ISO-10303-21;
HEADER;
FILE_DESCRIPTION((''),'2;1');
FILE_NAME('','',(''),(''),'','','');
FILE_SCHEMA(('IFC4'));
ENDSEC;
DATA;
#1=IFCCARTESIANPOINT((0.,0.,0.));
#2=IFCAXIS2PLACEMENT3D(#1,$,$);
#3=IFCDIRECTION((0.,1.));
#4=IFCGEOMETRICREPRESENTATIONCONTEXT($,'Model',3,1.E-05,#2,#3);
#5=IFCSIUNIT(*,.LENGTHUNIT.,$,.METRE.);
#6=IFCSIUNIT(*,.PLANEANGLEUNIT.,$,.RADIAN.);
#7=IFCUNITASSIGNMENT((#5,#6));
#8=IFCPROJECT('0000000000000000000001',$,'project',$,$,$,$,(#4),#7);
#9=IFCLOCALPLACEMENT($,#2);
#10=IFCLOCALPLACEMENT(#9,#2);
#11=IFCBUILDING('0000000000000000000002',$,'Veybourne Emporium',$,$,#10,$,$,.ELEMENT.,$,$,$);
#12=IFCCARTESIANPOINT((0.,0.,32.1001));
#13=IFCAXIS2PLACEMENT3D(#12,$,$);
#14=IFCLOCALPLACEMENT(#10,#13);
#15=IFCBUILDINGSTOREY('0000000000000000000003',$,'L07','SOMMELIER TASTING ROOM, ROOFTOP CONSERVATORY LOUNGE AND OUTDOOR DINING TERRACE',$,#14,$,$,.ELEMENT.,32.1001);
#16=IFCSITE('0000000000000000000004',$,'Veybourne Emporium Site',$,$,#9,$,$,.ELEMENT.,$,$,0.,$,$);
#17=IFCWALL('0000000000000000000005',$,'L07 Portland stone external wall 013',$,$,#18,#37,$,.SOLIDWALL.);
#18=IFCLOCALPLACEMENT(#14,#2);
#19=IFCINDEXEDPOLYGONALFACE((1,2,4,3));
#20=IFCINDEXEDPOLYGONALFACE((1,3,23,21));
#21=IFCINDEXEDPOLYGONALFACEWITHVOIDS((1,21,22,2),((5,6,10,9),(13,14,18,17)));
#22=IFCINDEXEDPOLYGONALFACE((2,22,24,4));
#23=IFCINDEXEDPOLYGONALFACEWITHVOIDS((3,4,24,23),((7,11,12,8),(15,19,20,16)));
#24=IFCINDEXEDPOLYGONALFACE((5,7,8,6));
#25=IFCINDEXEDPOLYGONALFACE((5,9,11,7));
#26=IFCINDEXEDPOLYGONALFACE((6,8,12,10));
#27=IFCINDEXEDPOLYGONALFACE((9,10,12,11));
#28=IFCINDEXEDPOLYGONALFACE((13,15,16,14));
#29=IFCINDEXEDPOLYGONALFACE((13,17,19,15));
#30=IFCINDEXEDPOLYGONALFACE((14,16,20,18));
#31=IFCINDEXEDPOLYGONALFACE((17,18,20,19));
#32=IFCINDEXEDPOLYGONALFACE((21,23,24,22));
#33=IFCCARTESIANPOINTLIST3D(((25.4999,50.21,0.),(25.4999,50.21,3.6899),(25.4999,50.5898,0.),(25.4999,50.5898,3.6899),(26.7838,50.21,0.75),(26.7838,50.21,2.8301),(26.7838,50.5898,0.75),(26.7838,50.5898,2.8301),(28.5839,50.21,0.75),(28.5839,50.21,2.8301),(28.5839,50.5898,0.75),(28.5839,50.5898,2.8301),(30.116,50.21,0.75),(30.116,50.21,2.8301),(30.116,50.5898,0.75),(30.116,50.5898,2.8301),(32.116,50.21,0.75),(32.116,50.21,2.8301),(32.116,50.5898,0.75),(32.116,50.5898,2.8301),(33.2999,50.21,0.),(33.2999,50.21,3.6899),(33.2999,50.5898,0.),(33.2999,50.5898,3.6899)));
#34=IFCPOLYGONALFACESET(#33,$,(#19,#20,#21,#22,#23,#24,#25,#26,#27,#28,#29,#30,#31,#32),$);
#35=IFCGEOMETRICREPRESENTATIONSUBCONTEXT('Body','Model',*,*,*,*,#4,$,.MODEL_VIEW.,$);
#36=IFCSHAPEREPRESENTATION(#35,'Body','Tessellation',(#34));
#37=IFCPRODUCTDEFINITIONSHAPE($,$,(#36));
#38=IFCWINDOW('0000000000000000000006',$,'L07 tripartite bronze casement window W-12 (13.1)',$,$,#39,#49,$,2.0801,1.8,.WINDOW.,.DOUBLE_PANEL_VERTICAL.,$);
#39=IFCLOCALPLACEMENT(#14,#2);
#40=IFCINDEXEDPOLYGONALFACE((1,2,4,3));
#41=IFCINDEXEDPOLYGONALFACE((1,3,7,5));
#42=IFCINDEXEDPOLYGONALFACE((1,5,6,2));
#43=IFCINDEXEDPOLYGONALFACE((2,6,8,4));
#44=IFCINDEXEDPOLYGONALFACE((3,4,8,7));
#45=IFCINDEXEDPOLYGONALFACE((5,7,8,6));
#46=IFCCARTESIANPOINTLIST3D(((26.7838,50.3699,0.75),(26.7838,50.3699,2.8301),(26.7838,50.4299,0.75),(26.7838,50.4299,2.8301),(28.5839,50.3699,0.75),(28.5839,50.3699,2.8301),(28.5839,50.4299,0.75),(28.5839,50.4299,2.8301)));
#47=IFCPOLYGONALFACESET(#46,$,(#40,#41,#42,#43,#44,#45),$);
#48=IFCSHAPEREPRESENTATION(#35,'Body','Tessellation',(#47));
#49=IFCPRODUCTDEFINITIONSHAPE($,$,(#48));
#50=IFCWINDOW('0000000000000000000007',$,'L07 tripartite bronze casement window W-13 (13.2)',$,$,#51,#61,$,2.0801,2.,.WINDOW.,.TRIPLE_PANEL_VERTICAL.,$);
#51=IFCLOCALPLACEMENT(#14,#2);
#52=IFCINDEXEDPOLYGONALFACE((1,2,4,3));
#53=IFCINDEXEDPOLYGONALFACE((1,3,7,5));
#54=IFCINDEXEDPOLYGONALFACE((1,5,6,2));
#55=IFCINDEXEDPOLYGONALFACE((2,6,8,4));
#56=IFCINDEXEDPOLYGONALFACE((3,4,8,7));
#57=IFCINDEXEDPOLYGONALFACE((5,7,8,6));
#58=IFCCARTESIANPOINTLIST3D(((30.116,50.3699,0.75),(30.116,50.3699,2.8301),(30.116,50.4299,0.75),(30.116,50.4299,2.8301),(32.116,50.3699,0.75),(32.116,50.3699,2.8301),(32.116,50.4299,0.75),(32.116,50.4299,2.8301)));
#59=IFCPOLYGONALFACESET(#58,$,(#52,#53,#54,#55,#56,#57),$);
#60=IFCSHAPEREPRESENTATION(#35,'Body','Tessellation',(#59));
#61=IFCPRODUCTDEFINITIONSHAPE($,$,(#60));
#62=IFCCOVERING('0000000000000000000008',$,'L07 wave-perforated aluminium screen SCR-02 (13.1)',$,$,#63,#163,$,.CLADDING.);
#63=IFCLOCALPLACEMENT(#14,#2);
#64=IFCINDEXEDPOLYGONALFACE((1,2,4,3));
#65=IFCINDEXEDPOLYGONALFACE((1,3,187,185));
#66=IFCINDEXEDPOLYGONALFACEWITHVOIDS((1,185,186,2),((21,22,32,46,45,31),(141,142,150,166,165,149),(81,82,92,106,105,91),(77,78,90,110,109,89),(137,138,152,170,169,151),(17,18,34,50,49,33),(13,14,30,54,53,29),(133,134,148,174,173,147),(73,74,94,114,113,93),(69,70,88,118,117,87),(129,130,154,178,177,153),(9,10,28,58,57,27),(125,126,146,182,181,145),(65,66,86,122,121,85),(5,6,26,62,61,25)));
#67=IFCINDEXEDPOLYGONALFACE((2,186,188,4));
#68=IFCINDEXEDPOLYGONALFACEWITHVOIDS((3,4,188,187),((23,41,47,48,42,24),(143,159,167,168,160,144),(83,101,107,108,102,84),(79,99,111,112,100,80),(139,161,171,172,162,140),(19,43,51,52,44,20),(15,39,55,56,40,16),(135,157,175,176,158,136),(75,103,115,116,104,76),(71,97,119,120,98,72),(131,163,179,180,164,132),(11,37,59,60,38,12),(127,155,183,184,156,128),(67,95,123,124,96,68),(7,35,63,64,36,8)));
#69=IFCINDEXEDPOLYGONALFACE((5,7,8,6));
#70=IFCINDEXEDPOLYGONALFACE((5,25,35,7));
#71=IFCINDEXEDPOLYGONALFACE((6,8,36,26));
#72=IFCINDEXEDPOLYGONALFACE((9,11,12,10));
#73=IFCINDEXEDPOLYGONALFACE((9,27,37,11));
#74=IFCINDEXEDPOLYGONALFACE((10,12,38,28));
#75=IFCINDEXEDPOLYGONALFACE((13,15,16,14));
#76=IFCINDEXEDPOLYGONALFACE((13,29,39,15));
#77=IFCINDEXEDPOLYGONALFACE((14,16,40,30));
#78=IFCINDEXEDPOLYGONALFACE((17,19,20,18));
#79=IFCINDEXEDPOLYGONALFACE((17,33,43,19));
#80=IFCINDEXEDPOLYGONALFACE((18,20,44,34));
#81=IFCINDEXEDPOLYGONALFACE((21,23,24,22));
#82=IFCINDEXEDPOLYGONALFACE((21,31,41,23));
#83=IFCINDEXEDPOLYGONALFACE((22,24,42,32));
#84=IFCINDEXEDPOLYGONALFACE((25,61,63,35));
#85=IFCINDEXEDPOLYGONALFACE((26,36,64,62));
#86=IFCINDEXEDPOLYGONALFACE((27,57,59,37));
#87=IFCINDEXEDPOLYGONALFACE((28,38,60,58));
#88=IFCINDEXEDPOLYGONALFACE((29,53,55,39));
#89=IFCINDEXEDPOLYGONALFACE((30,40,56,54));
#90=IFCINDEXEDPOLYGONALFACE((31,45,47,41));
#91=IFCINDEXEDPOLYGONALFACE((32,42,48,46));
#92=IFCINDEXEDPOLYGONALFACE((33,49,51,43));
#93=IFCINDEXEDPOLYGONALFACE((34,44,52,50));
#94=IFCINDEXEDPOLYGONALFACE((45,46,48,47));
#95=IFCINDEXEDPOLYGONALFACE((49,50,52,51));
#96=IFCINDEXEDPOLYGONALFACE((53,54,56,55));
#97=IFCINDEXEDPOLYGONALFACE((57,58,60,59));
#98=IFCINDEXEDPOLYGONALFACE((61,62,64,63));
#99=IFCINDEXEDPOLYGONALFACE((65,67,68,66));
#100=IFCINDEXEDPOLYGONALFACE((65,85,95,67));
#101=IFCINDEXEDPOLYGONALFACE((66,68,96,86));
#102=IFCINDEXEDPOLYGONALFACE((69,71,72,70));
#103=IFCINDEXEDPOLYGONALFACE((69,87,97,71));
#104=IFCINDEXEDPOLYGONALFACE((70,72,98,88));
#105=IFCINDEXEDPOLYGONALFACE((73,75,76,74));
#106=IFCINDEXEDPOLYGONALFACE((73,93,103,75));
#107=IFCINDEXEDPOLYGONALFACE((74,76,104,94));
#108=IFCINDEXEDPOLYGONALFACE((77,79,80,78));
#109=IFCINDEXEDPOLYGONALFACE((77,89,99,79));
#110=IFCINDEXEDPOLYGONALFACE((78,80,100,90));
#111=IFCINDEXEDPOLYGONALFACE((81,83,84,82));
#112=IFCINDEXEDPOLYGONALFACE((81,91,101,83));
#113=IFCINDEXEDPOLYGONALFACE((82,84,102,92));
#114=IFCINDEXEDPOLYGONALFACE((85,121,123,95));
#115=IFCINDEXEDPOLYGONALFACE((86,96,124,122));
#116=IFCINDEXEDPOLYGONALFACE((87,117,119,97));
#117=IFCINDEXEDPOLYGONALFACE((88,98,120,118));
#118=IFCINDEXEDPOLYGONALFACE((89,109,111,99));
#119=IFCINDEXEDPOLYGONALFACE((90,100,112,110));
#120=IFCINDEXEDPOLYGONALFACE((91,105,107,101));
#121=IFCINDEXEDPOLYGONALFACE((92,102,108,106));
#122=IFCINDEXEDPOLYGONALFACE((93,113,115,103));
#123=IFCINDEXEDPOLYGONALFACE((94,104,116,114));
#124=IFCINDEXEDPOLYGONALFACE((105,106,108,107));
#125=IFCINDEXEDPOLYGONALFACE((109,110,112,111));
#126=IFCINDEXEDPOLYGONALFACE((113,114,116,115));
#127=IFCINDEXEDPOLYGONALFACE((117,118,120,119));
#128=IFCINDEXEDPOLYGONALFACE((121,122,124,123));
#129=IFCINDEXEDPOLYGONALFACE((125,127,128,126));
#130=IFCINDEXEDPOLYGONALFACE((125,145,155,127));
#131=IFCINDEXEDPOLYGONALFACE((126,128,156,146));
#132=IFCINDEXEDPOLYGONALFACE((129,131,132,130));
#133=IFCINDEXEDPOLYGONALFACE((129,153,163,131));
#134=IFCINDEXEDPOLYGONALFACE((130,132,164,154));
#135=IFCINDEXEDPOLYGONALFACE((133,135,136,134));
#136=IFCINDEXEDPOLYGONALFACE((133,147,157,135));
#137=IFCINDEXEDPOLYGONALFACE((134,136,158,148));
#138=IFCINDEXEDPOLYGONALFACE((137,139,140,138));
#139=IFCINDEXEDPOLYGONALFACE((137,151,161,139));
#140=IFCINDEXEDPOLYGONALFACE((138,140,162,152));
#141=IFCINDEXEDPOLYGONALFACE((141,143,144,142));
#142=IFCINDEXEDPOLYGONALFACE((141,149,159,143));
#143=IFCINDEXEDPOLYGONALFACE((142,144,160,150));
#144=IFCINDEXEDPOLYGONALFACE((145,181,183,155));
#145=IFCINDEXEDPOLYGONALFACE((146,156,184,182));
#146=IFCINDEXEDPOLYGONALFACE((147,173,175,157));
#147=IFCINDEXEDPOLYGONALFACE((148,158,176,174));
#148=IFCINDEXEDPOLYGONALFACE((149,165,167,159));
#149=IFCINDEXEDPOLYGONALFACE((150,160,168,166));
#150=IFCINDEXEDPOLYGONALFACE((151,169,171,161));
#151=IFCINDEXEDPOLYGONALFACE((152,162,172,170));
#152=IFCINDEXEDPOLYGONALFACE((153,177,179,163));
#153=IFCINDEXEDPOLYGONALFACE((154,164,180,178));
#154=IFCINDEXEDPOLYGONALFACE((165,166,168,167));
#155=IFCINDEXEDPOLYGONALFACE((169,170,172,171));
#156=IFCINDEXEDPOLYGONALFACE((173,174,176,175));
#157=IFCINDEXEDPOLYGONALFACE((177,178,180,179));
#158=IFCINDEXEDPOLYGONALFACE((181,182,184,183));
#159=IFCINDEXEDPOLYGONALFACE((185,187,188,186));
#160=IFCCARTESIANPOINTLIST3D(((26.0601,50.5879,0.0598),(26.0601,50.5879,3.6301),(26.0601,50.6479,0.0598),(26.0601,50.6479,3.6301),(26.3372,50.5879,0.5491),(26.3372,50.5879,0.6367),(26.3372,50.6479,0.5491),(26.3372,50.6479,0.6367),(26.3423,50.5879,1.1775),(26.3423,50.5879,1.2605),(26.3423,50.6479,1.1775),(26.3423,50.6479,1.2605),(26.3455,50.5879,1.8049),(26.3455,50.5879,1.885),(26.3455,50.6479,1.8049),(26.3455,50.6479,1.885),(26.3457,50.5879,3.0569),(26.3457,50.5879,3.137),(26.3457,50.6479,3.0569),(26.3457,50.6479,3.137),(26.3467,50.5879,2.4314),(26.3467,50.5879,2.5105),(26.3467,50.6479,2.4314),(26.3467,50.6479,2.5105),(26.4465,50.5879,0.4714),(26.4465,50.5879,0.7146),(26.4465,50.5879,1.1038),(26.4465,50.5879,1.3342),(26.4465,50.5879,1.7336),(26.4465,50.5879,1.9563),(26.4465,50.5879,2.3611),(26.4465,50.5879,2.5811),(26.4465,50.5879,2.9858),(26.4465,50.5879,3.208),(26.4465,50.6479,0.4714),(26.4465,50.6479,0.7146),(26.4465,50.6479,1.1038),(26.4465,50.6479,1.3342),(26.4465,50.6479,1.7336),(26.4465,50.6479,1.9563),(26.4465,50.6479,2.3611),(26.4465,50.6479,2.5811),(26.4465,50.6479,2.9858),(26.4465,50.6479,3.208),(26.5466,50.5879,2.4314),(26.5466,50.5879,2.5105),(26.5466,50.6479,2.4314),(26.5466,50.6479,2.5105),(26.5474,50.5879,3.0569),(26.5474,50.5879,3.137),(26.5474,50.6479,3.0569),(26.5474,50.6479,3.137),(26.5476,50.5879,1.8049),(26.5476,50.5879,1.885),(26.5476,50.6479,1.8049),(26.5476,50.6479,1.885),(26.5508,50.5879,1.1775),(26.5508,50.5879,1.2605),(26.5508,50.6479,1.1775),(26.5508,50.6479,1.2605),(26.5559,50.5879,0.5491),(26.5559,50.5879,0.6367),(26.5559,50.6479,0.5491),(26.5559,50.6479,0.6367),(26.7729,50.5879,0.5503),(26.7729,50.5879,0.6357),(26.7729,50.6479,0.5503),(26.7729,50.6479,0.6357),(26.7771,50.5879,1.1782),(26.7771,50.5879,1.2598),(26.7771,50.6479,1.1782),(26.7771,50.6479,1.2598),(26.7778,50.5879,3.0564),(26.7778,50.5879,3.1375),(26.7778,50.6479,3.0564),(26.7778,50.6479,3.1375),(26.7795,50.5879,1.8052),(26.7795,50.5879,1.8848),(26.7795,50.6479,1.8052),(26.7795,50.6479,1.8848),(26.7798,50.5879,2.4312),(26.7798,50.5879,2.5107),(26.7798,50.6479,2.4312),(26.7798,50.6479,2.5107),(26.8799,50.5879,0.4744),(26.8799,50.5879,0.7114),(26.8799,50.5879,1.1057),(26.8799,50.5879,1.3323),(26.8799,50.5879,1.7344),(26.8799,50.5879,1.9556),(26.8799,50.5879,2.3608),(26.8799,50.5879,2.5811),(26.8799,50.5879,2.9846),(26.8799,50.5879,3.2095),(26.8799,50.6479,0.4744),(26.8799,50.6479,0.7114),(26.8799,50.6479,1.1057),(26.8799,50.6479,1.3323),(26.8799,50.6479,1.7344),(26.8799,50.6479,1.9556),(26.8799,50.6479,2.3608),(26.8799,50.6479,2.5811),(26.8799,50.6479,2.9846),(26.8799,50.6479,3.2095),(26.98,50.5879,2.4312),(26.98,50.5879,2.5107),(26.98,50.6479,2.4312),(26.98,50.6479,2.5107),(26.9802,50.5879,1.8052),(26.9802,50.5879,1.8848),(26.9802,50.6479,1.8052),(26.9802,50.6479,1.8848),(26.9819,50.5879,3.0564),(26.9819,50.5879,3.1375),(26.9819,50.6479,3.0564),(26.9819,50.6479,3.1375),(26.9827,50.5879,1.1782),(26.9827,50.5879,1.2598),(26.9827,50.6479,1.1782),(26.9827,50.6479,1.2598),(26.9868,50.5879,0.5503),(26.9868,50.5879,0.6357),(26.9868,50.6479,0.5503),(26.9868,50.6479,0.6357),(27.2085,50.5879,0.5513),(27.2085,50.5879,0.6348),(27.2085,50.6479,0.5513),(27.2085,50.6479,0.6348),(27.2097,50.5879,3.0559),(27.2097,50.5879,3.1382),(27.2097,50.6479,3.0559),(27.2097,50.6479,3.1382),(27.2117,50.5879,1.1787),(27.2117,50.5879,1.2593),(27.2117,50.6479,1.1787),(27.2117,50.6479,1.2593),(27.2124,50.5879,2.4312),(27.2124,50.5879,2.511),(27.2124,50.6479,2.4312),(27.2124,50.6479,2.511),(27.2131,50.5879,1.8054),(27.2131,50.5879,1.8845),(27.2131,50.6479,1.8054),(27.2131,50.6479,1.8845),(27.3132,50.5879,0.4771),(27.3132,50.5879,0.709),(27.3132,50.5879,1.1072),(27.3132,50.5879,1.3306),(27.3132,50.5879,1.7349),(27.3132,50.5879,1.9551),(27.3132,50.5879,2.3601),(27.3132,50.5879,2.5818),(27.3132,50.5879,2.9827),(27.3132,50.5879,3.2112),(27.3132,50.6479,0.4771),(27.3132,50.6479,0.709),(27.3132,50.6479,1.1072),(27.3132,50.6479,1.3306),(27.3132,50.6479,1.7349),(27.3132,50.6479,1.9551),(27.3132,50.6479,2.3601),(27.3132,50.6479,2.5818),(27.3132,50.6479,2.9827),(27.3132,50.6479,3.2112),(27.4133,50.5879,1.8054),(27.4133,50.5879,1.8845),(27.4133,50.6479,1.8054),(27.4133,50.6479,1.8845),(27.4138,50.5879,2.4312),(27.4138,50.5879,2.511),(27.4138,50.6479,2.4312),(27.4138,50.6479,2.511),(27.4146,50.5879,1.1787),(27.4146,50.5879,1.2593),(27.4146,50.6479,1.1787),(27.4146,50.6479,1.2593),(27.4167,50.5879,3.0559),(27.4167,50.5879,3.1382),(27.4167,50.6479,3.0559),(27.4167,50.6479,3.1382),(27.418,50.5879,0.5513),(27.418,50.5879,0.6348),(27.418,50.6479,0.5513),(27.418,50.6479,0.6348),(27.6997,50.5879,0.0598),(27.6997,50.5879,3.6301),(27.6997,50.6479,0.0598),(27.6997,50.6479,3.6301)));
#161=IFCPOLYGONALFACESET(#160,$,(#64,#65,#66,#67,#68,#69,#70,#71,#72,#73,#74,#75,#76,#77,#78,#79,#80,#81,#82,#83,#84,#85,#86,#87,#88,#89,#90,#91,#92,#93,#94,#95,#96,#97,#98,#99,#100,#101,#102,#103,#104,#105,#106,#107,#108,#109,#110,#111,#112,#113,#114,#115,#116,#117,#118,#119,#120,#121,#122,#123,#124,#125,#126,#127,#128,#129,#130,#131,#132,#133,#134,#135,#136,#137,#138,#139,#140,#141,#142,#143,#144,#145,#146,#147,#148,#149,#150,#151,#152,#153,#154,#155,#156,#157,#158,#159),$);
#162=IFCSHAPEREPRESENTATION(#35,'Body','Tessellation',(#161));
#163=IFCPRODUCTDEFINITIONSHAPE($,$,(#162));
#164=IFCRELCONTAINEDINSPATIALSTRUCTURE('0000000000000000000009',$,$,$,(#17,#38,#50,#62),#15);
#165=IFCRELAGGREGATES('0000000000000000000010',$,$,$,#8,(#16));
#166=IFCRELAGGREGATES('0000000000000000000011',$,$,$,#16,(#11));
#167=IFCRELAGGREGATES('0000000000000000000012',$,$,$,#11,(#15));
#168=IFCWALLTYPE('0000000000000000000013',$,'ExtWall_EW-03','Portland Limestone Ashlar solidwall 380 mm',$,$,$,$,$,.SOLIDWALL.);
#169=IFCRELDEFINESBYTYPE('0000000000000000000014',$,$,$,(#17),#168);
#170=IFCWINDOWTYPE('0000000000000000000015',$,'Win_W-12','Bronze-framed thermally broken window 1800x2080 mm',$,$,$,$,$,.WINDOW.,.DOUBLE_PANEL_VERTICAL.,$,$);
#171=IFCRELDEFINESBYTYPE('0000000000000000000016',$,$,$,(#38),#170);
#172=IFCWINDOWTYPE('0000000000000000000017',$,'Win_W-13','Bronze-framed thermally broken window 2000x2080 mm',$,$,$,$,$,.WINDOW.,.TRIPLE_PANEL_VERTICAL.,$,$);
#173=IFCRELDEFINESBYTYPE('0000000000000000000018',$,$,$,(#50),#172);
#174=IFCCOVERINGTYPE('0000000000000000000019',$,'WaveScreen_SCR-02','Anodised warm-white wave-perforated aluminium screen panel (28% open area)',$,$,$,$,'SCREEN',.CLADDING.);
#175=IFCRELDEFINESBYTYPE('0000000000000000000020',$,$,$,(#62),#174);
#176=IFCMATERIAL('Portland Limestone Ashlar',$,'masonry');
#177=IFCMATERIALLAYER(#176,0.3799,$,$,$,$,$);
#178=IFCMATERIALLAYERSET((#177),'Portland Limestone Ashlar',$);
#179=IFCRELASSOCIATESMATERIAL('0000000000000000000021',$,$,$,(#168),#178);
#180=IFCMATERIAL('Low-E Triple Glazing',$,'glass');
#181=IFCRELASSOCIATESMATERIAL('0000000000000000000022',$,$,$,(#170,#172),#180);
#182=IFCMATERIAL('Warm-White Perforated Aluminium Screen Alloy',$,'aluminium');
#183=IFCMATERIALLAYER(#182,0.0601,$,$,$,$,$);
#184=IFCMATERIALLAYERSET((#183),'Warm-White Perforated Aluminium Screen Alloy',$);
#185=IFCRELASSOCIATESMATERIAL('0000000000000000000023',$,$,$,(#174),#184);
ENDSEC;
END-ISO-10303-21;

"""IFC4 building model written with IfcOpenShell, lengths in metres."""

from ifc_helpers import new_model, si_unit, direction, frame, frame_2d, origin, place, context, subcontext, project, spatial, polyline, rectangle, outline, extrude, material, layer, layer_set, type_object, element, fill, save


model = new_model("IFC4")

# Units and contexts
model_context = context("Model", 3, precision=1e-05, world=origin(), true_north=direction((0.0, 1.0)))
body_context = subcontext(model_context, "Body", "Model", "MODEL_VIEW")
ifc_project = project(units=[si_unit("LENGTHUNIT", "METRE"), si_unit("PLANEANGLEUNIT", "RADIAN")], contexts=[model_context])

# Site, building, storey
site_placement = place(None, origin())
site = spatial("IfcSite", under=ifc_project, at=site_placement, Name="Veybourne Emporium Site", CompositionType="ELEMENT", RefElevation=0.0)
building_placement = place(site_placement, origin())
building = spatial("IfcBuilding", under=site, at=building_placement, Name="Veybourne Emporium", CompositionType="ELEMENT")
storey_placement = place(building_placement, frame((0.0, 0.0, 32.1001)))
storey = spatial("IfcBuildingStorey", under=building, at=storey_placement, Name="L07", Description="SOMMELIER TASTING ROOM, ROOFTOP CONSERVATORY LOUNGE AND OUTDOOR DINING TERRACE", CompositionType="ELEMENT", Elevation=32.1001)

# Wall, openings, windows
ifc_material_1 = material(Name="Portland Limestone Ashlar", Category="masonry")
ifc_layer_1 = layer(ifc_material_1, 0.3799)
ifc_layer_set_1 = layer_set([ifc_layer_1], Name="Portland Limestone Ashlar")
wall_type = type_object("IfcWallType", Name="ExtWall_EW-03", Description="Portland Limestone Ashlar solidwall 380 mm", PredefinedType="SOLIDWALL", material=ifc_layer_set_1)
wall_placement = place(storey_placement, frame((25.5, 50.3999, 0.0), z_axis=(0.0, 0.0, 1.0), x_axis=(1.0, 0.0, 0.0)))
wall = element("IfcWall", 1, at=wall_placement, inside=storey, type_object=wall_type, Name="L07 Portland stone external wall 013", PredefinedType="SOLIDWALL", context=body_context, shape_type="SweptSolid", body=[
    extrude(rectangle(XDim=7.8, YDim=0.3799, at=frame_2d((3.8999, 0.0))), origin(), (0.0, 0.0, 1.0), 3.6899),
])
opening_1_placement = place(wall_placement, frame((1.2839, 0.0, 0.75)))
opening_1 = element("IfcOpeningElement", 2, at=opening_1_placement, cuts=wall, PredefinedType="OPENING", context=body_context, shape_type="SweptSolid", body=[
    extrude(rectangle(XDim=1.8, YDim=2.0801, at=frame_2d((0.8999, 1.04))), frame((0.0, 0.21, 0.0), z_axis=(0.0, -1.0, 0.0), x_axis=(1.0, 0.0, 0.0)), (0.0, 0.0, 1.0), 0.4199),
])
opening_2_placement = place(wall_placement, frame((4.616, 0.0, 0.75)))
opening_2 = element("IfcOpeningElement", 3, at=opening_2_placement, cuts=wall, PredefinedType="OPENING", context=body_context, shape_type="SweptSolid", body=[
    extrude(rectangle(XDim=2.0, YDim=2.0801, at=frame_2d((1.0, 1.04))), frame((0.0, 0.21, 0.0), z_axis=(0.0, -1.0, 0.0), x_axis=(1.0, 0.0, 0.0)), (0.0, 0.0, 1.0), 0.4199),
])
ifc_material_2 = material(Name="Low-E Triple Glazing", Category="glass")
window_type_1 = type_object("IfcWindowType", Name="Win_W-12", Description="Bronze-framed thermally broken window 1800x2080 mm", PartitioningType="DOUBLE_PANEL_VERTICAL", PredefinedType="WINDOW", material=ifc_material_2)
window_1_placement = place(opening_1_placement, origin())
window_1 = element("IfcWindow", 4, at=window_1_placement, inside=storey, type_object=window_type_1, Name="L07 tripartite bronze casement window W-12 (13.1)", OverallHeight=2.0801, OverallWidth=1.8, PartitioningType="DOUBLE_PANEL_VERTICAL", PredefinedType="WINDOW", context=body_context, shape_type="SweptSolid", body=[
    extrude(rectangle(XDim=1.8, YDim=2.0801, at=frame_2d((0.8999, 1.04))), frame((0.0, 0.03, 0.0), z_axis=(0.0, -1.0, 0.0), x_axis=(1.0, 0.0, 0.0)), (0.0, 0.0, 1.0), 0.0601),
])
fill(opening_1, window_1)
window_type_2 = type_object("IfcWindowType", Name="Win_W-13", Description="Bronze-framed thermally broken window 2000x2080 mm", PartitioningType="TRIPLE_PANEL_VERTICAL", PredefinedType="WINDOW", material=ifc_material_2)
window_2_placement = place(opening_2_placement, origin())
window_2 = element("IfcWindow", 5, at=window_2_placement, inside=storey, type_object=window_type_2, Name="L07 tripartite bronze casement window W-13 (13.2)", OverallHeight=2.0801, OverallWidth=2.0, PartitioningType="TRIPLE_PANEL_VERTICAL", PredefinedType="WINDOW", context=body_context, shape_type="SweptSolid", body=[
    extrude(rectangle(XDim=2.0, YDim=2.0801, at=frame_2d((1.0, 1.04))), frame((0.0, 0.03, 0.0), z_axis=(0.0, -1.0, 0.0), x_axis=(1.0, 0.0, 0.0)), (0.0, 0.0, 1.0), 0.0601),
])
fill(opening_2, window_2)

# Covering
ifc_material_3 = material(Name="Warm-White Perforated Aluminium Screen Alloy", Category="aluminium")
ifc_layer_2 = layer(ifc_material_3, 0.0601)
ifc_layer_set_2 = layer_set([ifc_layer_2], Name="Warm-White Perforated Aluminium Screen Alloy")
covering_type_1 = type_object("IfcCoveringType", Name="WaveScreen_SCR-02", Description="Anodised warm-white wave-perforated aluminium screen panel (28% open area)", ElementType="SCREEN", PredefinedType="CLADDING", material=ifc_layer_set_2)
covering_1_placement = place(storey_placement, frame((26.8799, 50.6479, 1.845), z_axis=(0.0, -1.0, 0.0), x_axis=(1.0, 0.0, 0.0)))
element("IfcCovering", 6, at=covering_1_placement, inside=storey, type_object=covering_type_1, Name="L07 wave-perforated aluminium screen SCR-02 (13.1)", PredefinedType="CLADDING", context=body_context, shape_type="SweptSolid", body=[
    extrude(outline(polyline([(-0.8198, -1.7852), (0.8198, -1.7852), (0.8198, 1.7852), (-0.8198, 1.7852), (-0.8198, -1.7852)]), holes=[polyline([(-0.4333, -1.1304), (-0.324, -1.2083), (-0.324, -1.2959), (-0.4333, -1.3735), (-0.5427, -1.2959), (-0.5427, -1.2083), (-0.4333, -1.1304)]), polyline([(-0.4333, -0.5107), (-0.3291, -0.5845), (-0.3291, -0.6675), (-0.4333, -0.7412), (-0.5376, -0.6675), (-0.5376, -0.5845), (-0.4333, -0.5107)]), polyline([(-0.4333, 0.1113), (-0.3323, 0.04), (-0.3323, -0.04), (-0.4333, -0.1113), (-0.5344, -0.04), (-0.5344, 0.04), (-0.4333, 0.1113)]), polyline([(-0.4333, 0.7361), (-0.3333, 0.6655), (-0.3333, 0.5864), (-0.4333, 0.5161), (-0.5332, 0.5864), (-0.5332, 0.6655), (-0.4333, 0.7361)]), polyline([(-0.4333, 1.363), (-0.3325, 1.292), (-0.3325, 1.2119), (-0.4333, 1.1409), (-0.5342, 1.2119), (-0.5342, 1.292), (-0.4333, 1.363)]), polyline([(0.0, -1.1335), (0.1069, -1.2092), (0.1069, -1.2947), (0.0, -1.3706), (-0.1069, -1.2947), (-0.1069, -1.2092), (0.0, -1.1335)]), polyline([(0.0, -0.5127), (0.1028, -0.5852), (0.1028, -0.6667), (0.0, -0.7393), (-0.1028, -0.6667), (-0.1028, -0.5852), (0.0, -0.5127)]), polyline([(0.0, 0.1106), (0.1003, 0.0398), (0.1003, -0.0398), (0.0, -0.1106), (-0.1003, -0.0398), (-0.1003, 0.0398), (0.0, 0.1106)]), polyline([(0.0, 0.7361), (0.1001, 0.6658), (0.1001, 0.5862), (0.0, 0.5159), (-0.1001, 0.5862), (-0.1001, 0.6658), (0.0, 0.7361)]), polyline([(0.0, 1.3645), (0.1021, 1.2925), (0.1021, 1.2114), (0.0, 1.1396), (-0.1021, 1.2114), (-0.1021, 1.2925), (0.0, 1.3645)]), polyline([(0.4333, -1.136), (0.5381, -1.2102), (0.5381, -1.2937), (0.4333, -1.3679), (0.3286, -1.2937), (0.3286, -1.2102), (0.4333, -1.136)]), polyline([(0.4333, -0.5144), (0.5347, -0.5857), (0.5347, -0.6663), (0.4333, -0.7378), (0.3318, -0.6663), (0.3318, -0.5857), (0.4333, -0.5144)]), polyline([(0.4333, 0.1101), (0.5334, 0.0396), (0.5334, -0.0396), (0.4333, -0.1101), (0.3333, -0.0396), (0.3333, 0.0396), (0.4333, 0.1101)]), polyline([(0.4333, 0.7368), (0.5339, 0.666), (0.5339, 0.5862), (0.4333, 0.5151), (0.3325, 0.5862), (0.3325, 0.666), (0.4333, 0.7368)]), polyline([(0.4333, 1.3662), (0.5369, 1.2932), (0.5369, 1.2109), (0.4333, 1.1377), (0.3298, 1.2109), (0.3298, 1.2932), (0.4333, 1.3662)])]), origin(), (0.0, 0.0, 1.0), 0.0601),
])

save(model, "model.ifc")
